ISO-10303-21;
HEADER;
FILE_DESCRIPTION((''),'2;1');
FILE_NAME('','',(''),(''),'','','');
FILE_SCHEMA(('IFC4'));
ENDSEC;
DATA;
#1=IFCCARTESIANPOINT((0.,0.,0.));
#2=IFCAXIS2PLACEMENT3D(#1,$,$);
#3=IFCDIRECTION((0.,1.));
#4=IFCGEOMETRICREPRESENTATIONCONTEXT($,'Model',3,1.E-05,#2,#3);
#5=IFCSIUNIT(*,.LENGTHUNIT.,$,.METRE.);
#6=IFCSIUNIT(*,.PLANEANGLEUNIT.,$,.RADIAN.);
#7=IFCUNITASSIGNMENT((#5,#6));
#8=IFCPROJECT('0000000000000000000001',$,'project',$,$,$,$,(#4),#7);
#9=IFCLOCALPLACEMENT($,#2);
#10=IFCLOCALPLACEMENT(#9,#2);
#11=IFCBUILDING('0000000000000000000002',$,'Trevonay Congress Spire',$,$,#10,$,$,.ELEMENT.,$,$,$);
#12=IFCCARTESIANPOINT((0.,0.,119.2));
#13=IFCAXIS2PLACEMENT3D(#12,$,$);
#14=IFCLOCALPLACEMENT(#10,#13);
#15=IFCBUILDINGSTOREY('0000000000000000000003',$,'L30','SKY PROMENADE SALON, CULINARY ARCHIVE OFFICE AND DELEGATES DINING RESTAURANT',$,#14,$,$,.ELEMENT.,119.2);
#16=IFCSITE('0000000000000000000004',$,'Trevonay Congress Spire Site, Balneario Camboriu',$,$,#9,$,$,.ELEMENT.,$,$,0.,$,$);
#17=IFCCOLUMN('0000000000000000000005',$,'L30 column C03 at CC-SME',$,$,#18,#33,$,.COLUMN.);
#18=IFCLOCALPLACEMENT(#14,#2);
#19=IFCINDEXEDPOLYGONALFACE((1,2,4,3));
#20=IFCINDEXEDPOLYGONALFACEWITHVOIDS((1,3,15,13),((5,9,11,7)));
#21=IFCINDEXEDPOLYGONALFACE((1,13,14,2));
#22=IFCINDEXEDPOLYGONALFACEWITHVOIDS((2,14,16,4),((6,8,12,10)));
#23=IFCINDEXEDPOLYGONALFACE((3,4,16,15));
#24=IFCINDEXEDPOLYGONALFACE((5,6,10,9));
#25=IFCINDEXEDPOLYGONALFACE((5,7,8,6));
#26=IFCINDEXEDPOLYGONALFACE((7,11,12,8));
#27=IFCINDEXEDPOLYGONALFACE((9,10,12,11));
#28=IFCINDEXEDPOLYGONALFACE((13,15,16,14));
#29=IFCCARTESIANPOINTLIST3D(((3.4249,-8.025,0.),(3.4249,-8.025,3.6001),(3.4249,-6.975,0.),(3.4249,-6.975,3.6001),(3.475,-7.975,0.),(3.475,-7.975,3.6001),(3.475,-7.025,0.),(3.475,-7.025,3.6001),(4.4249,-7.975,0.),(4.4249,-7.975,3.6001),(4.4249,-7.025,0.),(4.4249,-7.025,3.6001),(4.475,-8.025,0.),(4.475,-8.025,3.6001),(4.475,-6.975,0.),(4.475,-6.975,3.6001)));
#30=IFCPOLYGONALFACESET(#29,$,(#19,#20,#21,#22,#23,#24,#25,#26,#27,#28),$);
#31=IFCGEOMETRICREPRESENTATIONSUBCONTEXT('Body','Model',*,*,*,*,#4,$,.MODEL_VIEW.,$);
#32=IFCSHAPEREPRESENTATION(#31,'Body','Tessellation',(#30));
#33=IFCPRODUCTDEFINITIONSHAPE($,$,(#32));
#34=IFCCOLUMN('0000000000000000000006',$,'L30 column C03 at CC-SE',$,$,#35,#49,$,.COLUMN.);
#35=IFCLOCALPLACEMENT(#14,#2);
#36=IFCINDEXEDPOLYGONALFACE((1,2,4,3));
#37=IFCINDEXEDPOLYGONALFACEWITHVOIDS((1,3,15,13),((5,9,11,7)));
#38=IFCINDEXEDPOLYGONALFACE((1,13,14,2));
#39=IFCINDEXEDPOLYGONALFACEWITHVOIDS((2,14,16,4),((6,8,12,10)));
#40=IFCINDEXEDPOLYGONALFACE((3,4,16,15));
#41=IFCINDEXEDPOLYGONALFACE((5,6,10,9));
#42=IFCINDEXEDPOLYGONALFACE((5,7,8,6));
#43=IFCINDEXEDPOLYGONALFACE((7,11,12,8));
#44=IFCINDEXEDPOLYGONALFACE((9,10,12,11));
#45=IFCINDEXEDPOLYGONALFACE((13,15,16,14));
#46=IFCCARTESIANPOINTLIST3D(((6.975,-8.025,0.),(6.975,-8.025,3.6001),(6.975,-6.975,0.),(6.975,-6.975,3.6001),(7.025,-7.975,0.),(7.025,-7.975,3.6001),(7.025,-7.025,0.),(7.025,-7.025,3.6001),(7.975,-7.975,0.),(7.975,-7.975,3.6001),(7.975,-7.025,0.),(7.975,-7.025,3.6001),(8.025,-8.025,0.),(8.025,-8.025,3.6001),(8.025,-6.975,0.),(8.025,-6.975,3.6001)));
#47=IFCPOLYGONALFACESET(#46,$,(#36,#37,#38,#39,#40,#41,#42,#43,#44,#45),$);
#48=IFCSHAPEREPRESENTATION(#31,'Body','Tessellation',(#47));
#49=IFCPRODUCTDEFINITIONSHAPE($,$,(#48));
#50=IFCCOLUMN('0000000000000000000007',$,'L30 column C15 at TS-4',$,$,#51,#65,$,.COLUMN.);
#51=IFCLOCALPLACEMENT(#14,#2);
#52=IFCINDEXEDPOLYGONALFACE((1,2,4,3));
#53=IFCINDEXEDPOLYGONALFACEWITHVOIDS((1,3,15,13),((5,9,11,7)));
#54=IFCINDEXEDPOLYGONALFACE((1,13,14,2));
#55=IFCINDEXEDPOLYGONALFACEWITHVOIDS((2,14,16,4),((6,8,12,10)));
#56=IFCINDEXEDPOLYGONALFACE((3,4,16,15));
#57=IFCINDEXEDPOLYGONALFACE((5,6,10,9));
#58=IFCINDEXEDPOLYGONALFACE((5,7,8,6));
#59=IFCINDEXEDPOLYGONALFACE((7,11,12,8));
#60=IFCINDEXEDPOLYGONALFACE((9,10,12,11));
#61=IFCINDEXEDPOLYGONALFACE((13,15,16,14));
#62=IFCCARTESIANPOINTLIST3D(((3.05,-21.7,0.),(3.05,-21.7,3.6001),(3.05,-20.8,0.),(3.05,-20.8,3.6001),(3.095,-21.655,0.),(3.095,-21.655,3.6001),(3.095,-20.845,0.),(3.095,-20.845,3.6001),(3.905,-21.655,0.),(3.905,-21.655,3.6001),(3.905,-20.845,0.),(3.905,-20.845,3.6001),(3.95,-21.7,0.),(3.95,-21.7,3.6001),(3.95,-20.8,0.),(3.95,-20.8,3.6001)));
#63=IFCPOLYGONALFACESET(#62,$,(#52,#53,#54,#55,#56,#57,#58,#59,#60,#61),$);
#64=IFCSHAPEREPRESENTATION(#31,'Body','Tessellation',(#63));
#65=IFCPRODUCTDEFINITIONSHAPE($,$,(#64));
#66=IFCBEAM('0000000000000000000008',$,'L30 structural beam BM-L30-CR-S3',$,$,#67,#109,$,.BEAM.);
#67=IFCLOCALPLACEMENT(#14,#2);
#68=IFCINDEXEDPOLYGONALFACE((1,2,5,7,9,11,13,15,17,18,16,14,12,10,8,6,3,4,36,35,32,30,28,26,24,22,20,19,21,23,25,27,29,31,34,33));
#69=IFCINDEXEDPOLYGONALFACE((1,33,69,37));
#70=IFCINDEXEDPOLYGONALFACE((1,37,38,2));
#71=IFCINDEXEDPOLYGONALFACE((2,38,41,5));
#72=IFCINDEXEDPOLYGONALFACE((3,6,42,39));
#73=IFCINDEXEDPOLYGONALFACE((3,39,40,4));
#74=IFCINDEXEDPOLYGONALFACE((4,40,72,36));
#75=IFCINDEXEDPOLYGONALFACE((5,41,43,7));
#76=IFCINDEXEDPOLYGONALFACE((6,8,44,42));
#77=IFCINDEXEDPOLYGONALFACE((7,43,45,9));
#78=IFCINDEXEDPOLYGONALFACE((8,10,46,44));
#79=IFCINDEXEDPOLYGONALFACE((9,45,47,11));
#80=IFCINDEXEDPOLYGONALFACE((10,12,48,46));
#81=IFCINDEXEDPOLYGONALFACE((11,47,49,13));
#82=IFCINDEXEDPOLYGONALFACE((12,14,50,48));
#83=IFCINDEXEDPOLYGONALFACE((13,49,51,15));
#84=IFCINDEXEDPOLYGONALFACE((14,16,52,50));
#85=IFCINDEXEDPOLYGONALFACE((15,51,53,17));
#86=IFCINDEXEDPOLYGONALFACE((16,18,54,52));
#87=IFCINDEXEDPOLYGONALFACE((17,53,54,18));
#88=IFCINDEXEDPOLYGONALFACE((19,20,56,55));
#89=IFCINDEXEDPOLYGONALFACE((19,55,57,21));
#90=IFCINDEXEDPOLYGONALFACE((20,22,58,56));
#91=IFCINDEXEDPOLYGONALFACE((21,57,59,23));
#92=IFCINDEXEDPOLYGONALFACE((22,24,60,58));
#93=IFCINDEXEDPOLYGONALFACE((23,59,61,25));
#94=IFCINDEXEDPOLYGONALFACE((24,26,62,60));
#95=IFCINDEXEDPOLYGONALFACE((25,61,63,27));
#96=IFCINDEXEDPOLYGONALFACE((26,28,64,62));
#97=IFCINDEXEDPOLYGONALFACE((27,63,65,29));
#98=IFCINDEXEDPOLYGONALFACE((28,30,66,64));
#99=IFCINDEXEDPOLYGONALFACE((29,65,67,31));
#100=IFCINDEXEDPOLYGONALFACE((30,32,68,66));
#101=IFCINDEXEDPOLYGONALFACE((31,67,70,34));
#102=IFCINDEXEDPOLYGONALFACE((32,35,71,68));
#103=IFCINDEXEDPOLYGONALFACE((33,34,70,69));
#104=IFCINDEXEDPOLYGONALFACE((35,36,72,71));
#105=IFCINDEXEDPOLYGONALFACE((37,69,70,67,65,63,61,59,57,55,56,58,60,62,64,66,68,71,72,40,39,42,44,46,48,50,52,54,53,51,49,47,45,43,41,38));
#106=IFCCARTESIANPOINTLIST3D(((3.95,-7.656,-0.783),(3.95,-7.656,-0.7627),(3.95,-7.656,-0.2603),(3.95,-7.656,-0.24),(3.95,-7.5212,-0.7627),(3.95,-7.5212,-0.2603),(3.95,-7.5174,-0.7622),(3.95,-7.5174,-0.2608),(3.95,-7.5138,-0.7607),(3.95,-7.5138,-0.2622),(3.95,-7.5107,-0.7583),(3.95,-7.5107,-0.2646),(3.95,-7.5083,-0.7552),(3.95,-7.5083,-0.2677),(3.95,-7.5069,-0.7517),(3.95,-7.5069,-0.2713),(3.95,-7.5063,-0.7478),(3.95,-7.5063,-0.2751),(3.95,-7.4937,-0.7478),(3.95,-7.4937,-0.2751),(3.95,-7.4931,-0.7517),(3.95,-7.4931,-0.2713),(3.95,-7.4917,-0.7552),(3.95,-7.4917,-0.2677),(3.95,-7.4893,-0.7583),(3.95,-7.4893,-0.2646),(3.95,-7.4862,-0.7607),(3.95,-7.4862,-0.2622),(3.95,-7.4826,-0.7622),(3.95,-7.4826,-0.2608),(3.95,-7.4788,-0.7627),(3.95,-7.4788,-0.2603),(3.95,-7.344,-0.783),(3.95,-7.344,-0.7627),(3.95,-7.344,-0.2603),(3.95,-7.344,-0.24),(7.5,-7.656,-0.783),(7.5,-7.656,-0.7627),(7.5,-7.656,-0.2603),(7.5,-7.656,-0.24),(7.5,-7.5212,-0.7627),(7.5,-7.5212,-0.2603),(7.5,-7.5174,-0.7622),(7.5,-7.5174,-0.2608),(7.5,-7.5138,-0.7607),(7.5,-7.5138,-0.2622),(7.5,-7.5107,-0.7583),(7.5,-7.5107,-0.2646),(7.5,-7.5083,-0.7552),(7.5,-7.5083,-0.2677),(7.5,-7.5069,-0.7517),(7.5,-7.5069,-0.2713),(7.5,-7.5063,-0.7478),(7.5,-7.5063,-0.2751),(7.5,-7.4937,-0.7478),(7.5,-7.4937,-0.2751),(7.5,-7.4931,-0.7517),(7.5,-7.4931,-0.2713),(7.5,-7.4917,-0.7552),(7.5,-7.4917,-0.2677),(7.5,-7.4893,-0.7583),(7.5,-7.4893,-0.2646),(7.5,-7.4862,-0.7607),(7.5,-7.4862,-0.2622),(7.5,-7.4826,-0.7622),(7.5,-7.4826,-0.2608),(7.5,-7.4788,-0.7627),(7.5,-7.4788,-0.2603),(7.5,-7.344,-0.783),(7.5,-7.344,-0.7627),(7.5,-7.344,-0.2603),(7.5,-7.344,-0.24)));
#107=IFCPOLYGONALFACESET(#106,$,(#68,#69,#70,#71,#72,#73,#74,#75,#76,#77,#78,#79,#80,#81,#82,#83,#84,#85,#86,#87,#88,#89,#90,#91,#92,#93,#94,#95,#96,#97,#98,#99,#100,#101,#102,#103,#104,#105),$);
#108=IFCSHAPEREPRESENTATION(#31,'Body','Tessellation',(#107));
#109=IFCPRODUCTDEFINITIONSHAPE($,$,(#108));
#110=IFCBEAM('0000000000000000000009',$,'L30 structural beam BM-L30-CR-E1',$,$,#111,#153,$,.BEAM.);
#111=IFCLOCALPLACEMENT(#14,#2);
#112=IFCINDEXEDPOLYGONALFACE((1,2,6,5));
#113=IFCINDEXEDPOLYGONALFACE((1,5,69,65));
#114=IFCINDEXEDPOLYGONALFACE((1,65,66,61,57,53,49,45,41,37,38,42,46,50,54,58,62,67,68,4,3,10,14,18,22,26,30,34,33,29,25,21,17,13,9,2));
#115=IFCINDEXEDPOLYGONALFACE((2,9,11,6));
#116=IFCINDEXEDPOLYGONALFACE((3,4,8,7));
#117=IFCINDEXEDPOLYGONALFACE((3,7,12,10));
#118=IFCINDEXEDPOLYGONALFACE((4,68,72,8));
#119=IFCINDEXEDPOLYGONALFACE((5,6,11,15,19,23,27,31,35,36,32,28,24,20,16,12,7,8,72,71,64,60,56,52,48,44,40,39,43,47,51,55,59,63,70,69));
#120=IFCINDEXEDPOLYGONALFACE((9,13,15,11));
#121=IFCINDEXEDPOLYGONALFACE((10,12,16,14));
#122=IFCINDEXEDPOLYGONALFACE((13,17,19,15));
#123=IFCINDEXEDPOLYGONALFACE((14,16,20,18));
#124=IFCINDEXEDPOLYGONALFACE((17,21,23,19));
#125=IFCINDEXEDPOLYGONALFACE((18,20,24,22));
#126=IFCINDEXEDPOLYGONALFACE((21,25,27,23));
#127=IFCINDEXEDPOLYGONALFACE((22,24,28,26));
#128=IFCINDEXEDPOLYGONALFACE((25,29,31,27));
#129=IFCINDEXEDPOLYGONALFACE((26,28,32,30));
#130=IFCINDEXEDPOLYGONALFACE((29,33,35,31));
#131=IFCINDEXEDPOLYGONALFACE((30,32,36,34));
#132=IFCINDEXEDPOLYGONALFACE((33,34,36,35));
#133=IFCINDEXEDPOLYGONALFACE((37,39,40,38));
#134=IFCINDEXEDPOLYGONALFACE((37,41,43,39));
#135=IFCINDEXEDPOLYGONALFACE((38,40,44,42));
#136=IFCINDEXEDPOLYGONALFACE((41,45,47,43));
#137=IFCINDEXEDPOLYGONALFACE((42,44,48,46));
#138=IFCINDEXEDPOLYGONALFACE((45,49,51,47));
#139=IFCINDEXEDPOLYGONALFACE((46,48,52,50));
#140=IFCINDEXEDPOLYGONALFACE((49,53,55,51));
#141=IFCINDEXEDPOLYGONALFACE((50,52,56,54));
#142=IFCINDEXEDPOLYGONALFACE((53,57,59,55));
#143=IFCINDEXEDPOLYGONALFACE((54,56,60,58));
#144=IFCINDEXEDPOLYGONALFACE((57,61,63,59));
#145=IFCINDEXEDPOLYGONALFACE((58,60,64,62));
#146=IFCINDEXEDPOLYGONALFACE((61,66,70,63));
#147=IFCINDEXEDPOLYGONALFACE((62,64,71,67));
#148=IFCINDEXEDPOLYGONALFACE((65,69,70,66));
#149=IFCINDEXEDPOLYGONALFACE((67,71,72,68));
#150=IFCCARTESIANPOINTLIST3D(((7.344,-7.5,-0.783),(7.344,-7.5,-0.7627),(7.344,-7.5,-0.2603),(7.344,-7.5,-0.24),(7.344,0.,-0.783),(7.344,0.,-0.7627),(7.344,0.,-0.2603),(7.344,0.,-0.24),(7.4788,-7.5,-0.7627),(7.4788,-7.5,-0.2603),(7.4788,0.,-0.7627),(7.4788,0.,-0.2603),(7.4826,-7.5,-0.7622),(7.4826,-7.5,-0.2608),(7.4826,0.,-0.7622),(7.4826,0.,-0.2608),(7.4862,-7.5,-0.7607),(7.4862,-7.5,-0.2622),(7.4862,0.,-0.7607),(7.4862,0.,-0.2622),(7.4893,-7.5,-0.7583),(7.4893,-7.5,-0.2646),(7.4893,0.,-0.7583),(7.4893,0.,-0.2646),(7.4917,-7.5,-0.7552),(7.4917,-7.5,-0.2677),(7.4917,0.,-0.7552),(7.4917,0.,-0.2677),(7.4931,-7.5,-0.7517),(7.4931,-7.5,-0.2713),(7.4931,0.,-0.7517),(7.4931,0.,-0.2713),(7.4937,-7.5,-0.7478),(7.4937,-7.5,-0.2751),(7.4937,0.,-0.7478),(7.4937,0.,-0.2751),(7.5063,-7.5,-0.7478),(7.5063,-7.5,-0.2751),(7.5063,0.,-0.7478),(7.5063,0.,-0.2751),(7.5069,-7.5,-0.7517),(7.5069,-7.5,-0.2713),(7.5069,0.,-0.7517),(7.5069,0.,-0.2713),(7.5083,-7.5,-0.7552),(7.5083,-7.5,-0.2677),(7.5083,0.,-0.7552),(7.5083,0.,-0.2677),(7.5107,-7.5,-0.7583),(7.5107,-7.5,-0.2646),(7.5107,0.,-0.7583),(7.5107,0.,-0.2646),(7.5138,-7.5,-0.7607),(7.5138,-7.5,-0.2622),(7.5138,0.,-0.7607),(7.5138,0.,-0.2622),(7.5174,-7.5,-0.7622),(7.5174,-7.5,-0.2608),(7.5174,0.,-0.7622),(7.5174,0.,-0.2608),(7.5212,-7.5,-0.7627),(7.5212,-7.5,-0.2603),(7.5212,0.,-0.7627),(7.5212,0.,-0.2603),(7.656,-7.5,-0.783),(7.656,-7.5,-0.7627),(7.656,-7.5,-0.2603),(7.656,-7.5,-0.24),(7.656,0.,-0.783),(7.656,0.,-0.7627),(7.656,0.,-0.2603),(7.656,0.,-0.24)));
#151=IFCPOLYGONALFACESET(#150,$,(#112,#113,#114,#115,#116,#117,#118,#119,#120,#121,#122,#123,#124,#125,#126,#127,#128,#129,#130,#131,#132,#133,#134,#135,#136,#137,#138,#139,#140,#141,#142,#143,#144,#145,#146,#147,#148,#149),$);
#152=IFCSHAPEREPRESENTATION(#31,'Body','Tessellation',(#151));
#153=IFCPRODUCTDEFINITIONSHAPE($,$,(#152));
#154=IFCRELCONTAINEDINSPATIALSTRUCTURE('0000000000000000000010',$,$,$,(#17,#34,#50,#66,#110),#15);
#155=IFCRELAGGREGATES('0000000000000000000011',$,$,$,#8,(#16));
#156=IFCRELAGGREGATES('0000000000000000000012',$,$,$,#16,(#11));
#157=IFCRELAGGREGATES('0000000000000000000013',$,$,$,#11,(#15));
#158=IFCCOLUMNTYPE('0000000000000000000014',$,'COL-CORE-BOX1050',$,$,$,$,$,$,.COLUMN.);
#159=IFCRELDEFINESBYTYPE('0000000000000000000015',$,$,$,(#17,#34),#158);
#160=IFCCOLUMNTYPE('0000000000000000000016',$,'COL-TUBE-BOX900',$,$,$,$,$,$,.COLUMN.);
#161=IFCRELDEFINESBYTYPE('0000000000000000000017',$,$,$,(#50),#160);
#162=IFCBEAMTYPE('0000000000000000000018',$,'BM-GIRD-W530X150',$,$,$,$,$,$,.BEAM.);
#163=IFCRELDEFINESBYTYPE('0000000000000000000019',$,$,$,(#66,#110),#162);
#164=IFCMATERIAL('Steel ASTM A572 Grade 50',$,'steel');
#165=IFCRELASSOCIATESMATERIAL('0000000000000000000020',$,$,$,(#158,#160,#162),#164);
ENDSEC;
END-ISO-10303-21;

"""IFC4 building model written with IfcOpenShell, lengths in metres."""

from ifc_helpers import new_model, si_unit, direction, frame, origin, origin_2d, place, context, subcontext, project, spatial, hollow_rectangle, i_section, extrude, material, material_profile, profile_set, type_object, element, save


model = new_model("IFC4")

# Units and contexts
model_context = context("Model", 3, precision=1e-05, world=origin(), true_north=direction((0.0, 1.0)))
body_context = subcontext(model_context, "Body", "Model", "MODEL_VIEW")
ifc_project = project(units=[si_unit("LENGTHUNIT", "METRE"), si_unit("PLANEANGLEUNIT", "RADIAN")], contexts=[model_context])

# Site, building, storey
site_placement = place(None, origin())
site = spatial("IfcSite", under=ifc_project, at=site_placement, Name="Trevonay Congress Spire Site, Balneario Camboriu", CompositionType="ELEMENT", RefElevation=0.0)
building_placement = place(site_placement, origin())
building = spatial("IfcBuilding", under=site, at=building_placement, Name="Trevonay Congress Spire", CompositionType="ELEMENT")
storey_placement = place(building_placement, frame((0.0, 0.0, 119.2)))
storey = spatial("IfcBuildingStorey", under=building, at=storey_placement, Name="L30", Description="SKY PROMENADE SALON, CULINARY ARCHIVE OFFICE AND DELEGATES DINING RESTAURANT", CompositionType="ELEMENT", Elevation=119.2)

# Columns
ifc_material_1 = material(Name="Steel ASTM A572 Grade 50", Category="steel")
ifc_material_profile_1 = material_profile(ifc_material_1, hollow_rectangle(XDim=1.05, YDim=1.05, WallThickness=0.05, at=origin_2d()), Name="BOX 1050x1050x50")
ifc_profile_set_1 = profile_set([ifc_material_profile_1], Name="Steel ASTM A572 Grade 50")
column_type_1 = type_object("IfcColumnType", Name="COL-CORE-BOX1050", PredefinedType="COLUMN", material=ifc_profile_set_1)
for number, where, z_axis, x_axis, name in (
    (1, (3.95, -7.5, 0.0), (0.0, 0.0, 1.0), (1.0, 0.0, 0.0), "L30 column C03 at CC-SME"),
    (2, (7.5, -7.5, 0.0), (0.0, 0.0, 1.0), (1.0, 0.0, 0.0), "L30 column C03 at CC-SE"),
):
    element("IfcColumn", number, at=place(storey_placement, frame(where, z_axis=z_axis, x_axis=x_axis)), inside=storey, type_object=column_type_1, Name=name, PredefinedType="COLUMN", context=body_context, shape_type="SweptSolid", body=[
        extrude(hollow_rectangle(XDim=1.05, YDim=1.05, WallThickness=0.05, at=origin_2d()), origin(), (0.0, 0.0, 1.0), 3.6001),
    ])
ifc_material_profile_2 = material_profile(ifc_material_1, hollow_rectangle(XDim=0.8999, YDim=0.8999, WallThickness=0.0449, at=origin_2d()), Name="BOX 900x900x45")
ifc_profile_set_2 = profile_set([ifc_material_profile_2], Name="Steel ASTM A572 Grade 50")
column_type_2 = type_object("IfcColumnType", Name="COL-TUBE-BOX900", PredefinedType="COLUMN", material=ifc_profile_set_2)
column_placement = place(storey_placement, frame((3.5, -21.25, 0.0), z_axis=(0.0, 0.0, 1.0), x_axis=(1.0, 0.0, 0.0)))
element("IfcColumn", 3, at=column_placement, inside=storey, type_object=column_type_2, Name="L30 column C15 at TS-4", PredefinedType="COLUMN", context=body_context, shape_type="SweptSolid", body=[
    extrude(hollow_rectangle(XDim=0.8999, YDim=0.8999, WallThickness=0.0449, at=origin_2d()), origin(), (0.0, 0.0, 1.0), 3.6001),
])

# Beams
ifc_material_profile_3 = material_profile(ifc_material_1, i_section(OverallWidth=0.312, OverallDepth=0.543, WebThickness=0.0127, FlangeThickness=0.0203, FilletRadius=0.0149, at=origin_2d()), Name="W530x150")
ifc_profile_set_3 = profile_set([ifc_material_profile_3], Name="Steel ASTM A572 Grade 50")
beam_type_1 = type_object("IfcBeamType", Name="BM-GIRD-W530X150", PredefinedType="BEAM", material=ifc_profile_set_3)
beam_1_placement = place(storey_placement, frame((3.95, -7.5, -0.5115), z_axis=(1.0, 0.0, 0.0), x_axis=(0.0, 1.0, 0.0)))
element("IfcBeam", 4, at=beam_1_placement, inside=storey, type_object=beam_type_1, Name="L30 structural beam BM-L30-CR-S3", PredefinedType="BEAM", context=body_context, shape_type="SweptSolid", body=[
    extrude(i_section(OverallWidth=0.312, OverallDepth=0.543, WebThickness=0.0127, FlangeThickness=0.0203, FilletRadius=0.0149, at=origin_2d()), origin(), (0.0, 0.0, 1.0), 3.55),
])
beam_2_placement = place(storey_placement, frame((7.5, -7.5, -0.5115), z_axis=(0.0, 1.0, 0.0), x_axis=(-1.0, 0.0, 0.0)))
element("IfcBeam", 5, at=beam_2_placement, inside=storey, type_object=beam_type_1, Name="L30 structural beam BM-L30-CR-E1", PredefinedType="BEAM", context=body_context, shape_type="SweptSolid", body=[
    extrude(i_section(OverallWidth=0.312, OverallDepth=0.543, WebThickness=0.0127, FlangeThickness=0.0203, FilletRadius=0.0149, at=origin_2d()), origin(), (0.0, 0.0, 1.0), 7.5),
])

save(model, "model.ifc")
